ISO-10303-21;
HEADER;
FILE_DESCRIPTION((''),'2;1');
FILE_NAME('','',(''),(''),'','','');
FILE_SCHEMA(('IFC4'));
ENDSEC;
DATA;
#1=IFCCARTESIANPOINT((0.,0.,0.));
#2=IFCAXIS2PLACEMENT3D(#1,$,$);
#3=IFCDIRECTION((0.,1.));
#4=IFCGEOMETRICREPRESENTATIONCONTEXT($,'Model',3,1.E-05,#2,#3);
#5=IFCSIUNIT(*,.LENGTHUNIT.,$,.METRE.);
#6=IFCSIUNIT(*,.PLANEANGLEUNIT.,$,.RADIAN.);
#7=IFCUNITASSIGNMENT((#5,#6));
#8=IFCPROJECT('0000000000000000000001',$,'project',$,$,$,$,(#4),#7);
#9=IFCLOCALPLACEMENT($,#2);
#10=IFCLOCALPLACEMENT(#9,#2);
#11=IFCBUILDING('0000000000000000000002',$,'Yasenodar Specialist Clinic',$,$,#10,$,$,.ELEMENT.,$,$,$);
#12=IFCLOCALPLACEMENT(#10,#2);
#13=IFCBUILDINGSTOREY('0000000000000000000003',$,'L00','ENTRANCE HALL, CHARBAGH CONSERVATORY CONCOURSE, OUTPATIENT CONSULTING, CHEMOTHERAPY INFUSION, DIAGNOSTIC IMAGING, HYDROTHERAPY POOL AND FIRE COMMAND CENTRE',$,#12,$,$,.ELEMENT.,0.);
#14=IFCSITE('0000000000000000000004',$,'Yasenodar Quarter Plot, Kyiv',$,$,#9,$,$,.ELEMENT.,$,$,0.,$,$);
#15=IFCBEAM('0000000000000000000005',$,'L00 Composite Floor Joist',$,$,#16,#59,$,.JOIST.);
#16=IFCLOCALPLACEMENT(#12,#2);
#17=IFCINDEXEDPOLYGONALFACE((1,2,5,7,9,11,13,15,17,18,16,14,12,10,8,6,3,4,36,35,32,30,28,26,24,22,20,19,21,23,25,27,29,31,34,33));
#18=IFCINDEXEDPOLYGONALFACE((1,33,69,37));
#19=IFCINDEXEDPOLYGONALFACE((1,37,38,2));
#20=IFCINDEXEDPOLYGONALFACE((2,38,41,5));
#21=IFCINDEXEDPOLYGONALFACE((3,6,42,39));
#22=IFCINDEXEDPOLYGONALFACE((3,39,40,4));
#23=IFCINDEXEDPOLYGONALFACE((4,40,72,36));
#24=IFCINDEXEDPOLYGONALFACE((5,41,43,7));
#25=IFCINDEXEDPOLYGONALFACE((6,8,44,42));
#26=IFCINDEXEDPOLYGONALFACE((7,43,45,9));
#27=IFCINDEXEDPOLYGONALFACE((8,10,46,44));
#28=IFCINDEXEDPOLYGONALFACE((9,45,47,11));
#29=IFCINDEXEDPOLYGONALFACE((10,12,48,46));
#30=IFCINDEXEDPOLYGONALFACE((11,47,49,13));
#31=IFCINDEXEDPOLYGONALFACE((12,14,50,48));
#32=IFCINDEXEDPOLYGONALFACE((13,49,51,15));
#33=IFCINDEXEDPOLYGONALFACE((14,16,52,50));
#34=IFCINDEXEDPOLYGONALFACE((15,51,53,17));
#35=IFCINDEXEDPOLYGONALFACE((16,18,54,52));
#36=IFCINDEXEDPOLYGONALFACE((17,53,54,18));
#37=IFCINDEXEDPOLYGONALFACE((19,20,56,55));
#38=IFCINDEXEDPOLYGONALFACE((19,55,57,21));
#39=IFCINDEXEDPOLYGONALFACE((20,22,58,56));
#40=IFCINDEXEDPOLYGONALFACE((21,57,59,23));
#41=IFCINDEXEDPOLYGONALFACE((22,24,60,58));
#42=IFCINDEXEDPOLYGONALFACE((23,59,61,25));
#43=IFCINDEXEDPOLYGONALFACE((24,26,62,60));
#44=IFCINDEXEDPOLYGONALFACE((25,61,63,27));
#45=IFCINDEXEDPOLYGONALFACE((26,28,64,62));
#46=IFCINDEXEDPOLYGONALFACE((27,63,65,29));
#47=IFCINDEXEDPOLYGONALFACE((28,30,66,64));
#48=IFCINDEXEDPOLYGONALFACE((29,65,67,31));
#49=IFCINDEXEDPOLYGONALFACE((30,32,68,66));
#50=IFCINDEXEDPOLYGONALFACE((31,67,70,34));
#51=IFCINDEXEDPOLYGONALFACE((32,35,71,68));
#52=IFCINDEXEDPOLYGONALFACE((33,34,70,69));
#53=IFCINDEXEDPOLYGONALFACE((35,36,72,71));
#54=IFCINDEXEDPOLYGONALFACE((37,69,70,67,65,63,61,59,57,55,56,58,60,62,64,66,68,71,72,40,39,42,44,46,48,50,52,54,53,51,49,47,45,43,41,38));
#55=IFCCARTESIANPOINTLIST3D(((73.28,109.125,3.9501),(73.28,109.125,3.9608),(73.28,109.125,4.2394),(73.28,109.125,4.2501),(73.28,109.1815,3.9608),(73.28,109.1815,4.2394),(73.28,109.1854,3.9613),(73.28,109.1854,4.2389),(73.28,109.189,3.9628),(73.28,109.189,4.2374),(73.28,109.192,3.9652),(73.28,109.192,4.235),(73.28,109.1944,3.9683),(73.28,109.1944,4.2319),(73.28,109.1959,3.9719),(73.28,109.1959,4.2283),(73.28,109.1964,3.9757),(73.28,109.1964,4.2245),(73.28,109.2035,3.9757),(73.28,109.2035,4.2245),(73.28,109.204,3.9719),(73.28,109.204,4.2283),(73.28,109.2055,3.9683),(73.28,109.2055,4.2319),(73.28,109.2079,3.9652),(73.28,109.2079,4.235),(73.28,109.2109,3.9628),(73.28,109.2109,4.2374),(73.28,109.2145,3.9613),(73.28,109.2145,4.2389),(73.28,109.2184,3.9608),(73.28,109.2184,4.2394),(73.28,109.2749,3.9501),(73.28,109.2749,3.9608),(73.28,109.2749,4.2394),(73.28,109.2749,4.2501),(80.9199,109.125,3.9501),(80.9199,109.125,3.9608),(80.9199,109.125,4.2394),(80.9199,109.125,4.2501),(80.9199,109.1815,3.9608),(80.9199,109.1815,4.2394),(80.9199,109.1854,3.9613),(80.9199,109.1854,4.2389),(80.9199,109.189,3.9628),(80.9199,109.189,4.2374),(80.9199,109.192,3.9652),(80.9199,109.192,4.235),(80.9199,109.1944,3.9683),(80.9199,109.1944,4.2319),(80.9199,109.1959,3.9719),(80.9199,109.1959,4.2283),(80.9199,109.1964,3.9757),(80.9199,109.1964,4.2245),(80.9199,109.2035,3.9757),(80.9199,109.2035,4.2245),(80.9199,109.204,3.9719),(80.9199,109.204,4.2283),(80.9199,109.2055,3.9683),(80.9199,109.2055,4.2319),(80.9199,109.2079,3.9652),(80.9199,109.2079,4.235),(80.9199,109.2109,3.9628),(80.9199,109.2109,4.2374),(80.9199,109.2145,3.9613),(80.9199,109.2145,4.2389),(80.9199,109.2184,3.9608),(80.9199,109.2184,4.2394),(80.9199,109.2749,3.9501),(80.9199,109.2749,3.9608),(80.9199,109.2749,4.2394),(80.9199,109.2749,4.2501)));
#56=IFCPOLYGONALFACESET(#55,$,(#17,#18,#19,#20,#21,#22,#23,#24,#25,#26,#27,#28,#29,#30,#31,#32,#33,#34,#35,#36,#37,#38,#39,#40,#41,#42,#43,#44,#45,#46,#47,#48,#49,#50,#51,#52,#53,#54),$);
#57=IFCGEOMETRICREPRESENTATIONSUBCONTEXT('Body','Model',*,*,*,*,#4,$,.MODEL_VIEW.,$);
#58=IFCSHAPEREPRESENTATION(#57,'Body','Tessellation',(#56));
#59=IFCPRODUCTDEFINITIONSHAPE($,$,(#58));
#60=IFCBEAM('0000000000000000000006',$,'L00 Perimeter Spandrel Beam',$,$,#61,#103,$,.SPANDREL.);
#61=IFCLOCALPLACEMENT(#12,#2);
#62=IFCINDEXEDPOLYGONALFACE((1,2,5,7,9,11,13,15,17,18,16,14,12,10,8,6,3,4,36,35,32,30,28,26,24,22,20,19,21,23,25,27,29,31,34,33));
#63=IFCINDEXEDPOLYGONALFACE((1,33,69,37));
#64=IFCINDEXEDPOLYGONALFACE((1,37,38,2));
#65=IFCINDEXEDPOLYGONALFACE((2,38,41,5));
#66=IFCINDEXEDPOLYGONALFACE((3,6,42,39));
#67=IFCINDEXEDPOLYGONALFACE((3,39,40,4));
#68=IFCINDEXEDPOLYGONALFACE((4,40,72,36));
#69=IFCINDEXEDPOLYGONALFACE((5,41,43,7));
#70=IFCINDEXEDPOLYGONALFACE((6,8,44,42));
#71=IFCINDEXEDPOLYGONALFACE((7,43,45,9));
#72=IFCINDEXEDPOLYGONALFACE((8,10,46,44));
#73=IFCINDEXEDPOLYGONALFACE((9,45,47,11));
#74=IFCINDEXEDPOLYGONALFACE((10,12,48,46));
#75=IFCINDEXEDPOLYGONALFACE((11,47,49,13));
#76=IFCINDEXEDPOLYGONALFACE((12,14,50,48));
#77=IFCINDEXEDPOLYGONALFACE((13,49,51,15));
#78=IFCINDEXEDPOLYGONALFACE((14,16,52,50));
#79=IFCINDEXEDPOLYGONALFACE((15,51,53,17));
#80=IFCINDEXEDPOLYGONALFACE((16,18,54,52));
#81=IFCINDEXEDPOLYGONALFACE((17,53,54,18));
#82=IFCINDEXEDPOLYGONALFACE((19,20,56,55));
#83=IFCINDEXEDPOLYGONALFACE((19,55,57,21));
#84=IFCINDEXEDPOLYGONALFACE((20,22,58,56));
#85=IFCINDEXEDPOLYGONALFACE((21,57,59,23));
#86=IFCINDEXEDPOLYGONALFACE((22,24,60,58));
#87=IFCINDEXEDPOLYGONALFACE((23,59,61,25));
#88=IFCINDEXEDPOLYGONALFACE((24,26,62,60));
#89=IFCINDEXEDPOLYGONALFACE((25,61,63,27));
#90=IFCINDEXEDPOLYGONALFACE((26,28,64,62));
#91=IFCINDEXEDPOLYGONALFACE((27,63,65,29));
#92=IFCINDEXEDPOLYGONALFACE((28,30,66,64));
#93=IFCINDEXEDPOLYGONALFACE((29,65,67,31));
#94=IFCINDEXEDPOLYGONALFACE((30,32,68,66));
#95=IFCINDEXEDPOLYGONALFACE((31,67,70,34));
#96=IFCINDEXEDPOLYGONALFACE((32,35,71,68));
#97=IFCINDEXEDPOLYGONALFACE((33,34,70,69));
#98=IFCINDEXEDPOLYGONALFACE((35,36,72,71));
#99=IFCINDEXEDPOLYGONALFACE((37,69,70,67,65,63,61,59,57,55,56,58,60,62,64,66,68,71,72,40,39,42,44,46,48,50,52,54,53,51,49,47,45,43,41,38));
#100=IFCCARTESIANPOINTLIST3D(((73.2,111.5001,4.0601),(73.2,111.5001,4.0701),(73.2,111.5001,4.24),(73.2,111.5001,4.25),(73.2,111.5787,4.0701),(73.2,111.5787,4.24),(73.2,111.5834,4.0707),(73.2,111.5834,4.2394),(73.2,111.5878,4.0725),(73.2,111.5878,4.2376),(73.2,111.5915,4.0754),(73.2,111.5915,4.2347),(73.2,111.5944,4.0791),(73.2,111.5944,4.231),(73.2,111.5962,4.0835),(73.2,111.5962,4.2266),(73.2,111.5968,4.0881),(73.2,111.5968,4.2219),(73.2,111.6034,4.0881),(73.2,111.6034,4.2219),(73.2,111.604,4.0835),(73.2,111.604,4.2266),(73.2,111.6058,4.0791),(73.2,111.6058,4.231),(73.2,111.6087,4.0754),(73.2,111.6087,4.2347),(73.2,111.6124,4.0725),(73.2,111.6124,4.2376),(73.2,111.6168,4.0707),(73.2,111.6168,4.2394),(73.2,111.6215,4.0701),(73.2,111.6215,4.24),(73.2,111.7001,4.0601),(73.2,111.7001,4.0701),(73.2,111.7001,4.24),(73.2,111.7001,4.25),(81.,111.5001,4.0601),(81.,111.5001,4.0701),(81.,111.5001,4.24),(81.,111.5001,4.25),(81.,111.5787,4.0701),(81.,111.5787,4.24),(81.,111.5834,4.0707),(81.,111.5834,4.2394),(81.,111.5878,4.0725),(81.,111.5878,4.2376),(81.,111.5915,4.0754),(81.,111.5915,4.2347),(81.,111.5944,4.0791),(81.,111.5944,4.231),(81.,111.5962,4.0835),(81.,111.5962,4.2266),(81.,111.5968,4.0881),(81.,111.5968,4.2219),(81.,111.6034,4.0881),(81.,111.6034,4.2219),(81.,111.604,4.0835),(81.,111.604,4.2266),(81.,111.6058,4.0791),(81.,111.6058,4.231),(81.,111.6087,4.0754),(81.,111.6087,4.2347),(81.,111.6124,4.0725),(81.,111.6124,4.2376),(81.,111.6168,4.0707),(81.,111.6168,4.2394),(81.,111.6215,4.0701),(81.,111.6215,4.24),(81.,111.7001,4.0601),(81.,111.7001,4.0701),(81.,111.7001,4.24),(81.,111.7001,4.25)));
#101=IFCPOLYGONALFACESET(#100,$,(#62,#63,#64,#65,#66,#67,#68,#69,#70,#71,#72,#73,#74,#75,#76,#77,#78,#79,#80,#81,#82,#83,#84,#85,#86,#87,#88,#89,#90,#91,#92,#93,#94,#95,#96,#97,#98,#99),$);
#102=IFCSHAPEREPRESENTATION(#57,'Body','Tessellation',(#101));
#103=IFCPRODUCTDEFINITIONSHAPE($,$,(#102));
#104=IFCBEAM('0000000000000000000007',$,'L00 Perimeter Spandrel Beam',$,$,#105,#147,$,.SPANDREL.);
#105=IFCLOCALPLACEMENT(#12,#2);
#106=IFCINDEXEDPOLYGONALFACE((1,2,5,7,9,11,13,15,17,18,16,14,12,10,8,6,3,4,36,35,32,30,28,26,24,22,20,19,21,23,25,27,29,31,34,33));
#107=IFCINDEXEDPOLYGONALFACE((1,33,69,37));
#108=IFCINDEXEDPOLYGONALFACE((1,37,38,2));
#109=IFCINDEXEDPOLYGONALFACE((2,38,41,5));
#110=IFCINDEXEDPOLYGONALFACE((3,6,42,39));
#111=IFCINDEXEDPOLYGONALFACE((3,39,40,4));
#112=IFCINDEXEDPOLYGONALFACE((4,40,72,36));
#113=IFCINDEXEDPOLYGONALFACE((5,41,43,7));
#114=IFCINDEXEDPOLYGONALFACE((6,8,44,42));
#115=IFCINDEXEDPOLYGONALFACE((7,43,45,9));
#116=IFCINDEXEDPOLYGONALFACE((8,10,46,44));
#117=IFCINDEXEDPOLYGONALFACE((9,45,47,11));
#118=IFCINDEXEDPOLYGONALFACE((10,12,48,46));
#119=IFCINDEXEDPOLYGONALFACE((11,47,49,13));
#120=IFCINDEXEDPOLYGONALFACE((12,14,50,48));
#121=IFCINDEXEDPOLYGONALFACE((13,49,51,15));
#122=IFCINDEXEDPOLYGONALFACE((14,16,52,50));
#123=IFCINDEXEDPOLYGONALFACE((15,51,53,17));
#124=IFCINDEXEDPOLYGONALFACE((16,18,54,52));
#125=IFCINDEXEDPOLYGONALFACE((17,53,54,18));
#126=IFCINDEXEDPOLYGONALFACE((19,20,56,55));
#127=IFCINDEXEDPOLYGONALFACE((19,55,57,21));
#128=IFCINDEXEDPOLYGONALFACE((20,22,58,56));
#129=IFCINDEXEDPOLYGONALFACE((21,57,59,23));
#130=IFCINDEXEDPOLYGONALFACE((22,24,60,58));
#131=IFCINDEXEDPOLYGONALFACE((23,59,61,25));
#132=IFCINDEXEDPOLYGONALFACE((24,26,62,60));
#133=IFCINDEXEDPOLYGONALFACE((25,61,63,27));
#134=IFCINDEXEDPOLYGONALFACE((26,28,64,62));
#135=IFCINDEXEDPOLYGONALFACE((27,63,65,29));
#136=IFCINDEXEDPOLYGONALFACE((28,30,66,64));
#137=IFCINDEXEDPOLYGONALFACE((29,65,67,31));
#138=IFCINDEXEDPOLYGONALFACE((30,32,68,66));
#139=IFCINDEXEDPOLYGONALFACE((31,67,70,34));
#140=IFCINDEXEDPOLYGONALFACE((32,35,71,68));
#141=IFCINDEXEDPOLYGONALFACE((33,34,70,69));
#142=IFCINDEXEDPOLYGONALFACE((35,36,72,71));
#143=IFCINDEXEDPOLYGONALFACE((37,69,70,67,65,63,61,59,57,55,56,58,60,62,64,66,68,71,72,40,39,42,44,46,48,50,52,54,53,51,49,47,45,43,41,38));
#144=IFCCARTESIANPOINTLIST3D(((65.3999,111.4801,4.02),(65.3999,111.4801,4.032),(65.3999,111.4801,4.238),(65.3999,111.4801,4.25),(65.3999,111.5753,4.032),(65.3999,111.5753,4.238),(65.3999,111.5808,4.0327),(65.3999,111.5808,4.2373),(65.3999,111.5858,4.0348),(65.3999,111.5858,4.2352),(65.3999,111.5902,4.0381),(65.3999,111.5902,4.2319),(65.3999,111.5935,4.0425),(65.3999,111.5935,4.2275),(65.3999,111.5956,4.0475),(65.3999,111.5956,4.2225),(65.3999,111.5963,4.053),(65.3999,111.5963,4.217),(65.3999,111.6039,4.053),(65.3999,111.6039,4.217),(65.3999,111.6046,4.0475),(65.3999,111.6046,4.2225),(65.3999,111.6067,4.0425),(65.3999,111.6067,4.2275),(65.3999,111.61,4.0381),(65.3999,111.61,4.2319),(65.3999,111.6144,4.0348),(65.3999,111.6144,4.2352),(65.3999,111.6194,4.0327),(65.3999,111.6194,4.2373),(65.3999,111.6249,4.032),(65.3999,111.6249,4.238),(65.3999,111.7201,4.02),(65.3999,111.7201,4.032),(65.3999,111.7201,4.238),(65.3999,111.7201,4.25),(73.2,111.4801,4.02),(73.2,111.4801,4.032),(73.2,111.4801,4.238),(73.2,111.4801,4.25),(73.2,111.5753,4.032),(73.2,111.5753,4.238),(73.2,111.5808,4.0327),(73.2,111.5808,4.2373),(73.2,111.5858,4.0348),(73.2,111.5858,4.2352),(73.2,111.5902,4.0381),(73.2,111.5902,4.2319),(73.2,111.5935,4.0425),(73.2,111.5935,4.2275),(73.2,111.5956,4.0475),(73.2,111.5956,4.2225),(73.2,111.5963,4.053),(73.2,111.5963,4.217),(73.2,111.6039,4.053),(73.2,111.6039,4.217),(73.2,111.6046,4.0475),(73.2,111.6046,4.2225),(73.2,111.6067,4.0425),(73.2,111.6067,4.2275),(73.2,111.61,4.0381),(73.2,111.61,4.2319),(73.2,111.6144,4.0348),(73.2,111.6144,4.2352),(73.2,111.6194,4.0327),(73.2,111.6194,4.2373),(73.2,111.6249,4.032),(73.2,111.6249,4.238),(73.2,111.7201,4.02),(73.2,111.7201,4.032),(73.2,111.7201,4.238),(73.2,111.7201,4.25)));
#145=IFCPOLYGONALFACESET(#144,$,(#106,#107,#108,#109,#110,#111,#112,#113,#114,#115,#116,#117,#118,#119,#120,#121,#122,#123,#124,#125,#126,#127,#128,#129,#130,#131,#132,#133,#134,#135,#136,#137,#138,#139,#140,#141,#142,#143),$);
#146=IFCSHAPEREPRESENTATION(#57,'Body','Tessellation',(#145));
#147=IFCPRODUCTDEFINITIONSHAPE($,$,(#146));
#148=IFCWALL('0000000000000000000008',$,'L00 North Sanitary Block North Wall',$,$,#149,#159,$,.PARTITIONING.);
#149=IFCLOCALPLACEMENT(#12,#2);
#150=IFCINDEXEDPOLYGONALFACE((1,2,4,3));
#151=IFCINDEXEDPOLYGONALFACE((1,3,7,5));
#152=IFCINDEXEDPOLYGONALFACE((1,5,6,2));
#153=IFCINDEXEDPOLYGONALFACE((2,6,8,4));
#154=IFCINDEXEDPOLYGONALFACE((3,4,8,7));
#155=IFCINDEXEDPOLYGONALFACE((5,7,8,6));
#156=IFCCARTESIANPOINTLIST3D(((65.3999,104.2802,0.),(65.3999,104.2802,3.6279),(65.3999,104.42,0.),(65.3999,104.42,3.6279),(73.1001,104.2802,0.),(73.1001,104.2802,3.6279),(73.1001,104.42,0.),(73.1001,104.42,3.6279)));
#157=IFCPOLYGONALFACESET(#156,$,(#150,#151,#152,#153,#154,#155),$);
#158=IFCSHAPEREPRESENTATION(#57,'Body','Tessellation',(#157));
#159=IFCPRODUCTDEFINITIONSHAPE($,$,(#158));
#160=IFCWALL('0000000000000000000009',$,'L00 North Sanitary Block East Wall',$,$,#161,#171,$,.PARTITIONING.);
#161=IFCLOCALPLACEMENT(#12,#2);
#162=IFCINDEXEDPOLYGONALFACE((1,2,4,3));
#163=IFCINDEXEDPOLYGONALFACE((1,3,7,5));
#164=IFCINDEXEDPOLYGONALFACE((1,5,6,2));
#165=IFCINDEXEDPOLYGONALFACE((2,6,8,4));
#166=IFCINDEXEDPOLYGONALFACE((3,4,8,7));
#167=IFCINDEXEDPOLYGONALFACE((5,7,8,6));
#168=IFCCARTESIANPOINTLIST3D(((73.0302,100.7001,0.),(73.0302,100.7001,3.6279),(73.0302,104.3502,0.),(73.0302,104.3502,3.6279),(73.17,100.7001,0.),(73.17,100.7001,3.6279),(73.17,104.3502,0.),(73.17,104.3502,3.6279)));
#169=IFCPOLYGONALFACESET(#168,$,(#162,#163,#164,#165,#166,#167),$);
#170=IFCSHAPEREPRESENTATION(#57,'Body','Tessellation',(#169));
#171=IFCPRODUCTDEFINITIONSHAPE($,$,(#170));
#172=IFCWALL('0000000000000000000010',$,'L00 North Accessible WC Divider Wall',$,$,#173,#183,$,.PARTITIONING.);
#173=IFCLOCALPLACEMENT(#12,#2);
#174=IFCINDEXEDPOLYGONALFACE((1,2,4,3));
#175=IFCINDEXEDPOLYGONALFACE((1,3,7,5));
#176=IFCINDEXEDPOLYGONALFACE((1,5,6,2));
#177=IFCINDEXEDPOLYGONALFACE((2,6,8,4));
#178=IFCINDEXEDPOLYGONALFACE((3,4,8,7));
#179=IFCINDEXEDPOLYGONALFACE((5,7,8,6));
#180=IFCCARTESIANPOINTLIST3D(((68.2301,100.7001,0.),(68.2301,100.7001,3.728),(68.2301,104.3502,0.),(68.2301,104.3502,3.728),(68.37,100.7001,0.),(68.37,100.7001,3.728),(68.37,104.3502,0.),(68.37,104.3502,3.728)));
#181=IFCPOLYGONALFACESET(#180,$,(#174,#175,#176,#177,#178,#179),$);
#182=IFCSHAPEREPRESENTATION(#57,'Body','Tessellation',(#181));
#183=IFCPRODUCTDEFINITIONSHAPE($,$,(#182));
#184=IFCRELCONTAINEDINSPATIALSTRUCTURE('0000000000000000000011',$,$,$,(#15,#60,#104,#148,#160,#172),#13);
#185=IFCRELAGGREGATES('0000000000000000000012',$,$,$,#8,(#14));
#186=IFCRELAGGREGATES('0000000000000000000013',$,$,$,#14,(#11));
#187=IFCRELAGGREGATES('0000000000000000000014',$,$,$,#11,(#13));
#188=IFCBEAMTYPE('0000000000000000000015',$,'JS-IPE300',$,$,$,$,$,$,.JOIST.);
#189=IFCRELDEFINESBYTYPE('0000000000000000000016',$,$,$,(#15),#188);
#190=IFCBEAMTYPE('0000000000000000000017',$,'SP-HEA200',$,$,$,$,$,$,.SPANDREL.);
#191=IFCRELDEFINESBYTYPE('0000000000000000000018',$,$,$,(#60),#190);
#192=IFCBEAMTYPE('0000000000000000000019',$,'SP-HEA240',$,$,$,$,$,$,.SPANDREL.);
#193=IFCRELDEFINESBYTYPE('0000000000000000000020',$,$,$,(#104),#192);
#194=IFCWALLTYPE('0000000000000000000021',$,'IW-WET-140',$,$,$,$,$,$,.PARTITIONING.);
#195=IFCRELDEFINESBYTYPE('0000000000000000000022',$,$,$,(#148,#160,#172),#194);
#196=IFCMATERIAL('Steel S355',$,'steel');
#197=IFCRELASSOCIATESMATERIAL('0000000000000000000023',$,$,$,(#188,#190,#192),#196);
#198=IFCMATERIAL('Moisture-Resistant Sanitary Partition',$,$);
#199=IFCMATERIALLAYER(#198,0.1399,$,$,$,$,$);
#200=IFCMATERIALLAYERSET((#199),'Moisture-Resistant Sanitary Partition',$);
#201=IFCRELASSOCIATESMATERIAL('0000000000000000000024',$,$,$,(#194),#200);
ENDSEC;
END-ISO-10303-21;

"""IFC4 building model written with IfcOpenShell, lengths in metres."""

from ifc_helpers import new_model, si_unit, direction, frame, frame_2d, origin, origin_2d, place, context, subcontext, project, spatial, rectangle, i_section, extrude, material, layer, layer_set, material_profile, profile_set, type_object, element, save


model = new_model("IFC4")

# Units and contexts
model_context = context("Model", 3, precision=1e-05, world=origin(), true_north=direction((0.0, 1.0)))
body_context = subcontext(model_context, "Body", "Model", "MODEL_VIEW")
ifc_project = project(units=[si_unit("LENGTHUNIT", "METRE"), si_unit("PLANEANGLEUNIT", "RADIAN")], contexts=[model_context])

# Site, building, storey
site_placement = place(None, origin())
site = spatial("IfcSite", under=ifc_project, at=site_placement, Name="Yasenodar Quarter Plot, Kyiv", CompositionType="ELEMENT", RefElevation=0.0)
building_placement = place(site_placement, origin())
building = spatial("IfcBuilding", under=site, at=building_placement, Name="Yasenodar Specialist Clinic", CompositionType="ELEMENT")
storey_placement = place(building_placement, origin())
storey = spatial("IfcBuildingStorey", under=building, at=storey_placement, Name="L00", Description="ENTRANCE HALL, CHARBAGH CONSERVATORY CONCOURSE, OUTPATIENT CONSULTING, CHEMOTHERAPY INFUSION, DIAGNOSTIC IMAGING, HYDROTHERAPY POOL AND FIRE COMMAND CENTRE", CompositionType="ELEMENT", Elevation=0.0)

# Shared definitions
ifc_material_1 = material(Name="Steel S355", Category="steel")

# Beams
ifc_material_profile_1 = material_profile(ifc_material_1, i_section(OverallWidth=0.1499, OverallDepth=0.3, WebThickness=0.0071, FlangeThickness=0.0107, FilletRadius=0.0149, at=origin_2d()), Name="IPE 300")
ifc_profile_set_1 = profile_set([ifc_material_profile_1], Name="Steel S355")
beam_type_1 = type_object("IfcBeamType", Name="JS-IPE300", PredefinedType="JOIST", material=ifc_profile_set_1)
beam_1_placement = place(storey_placement, frame((73.28, 109.2, 4.1001), z_axis=(1.0, 0.0, 0.0), x_axis=(0.0, 1.0, 0.0)))
element("IfcBeam", 1, at=beam_1_placement, inside=storey, type_object=beam_type_1, Name="L00 Composite Floor Joist", PredefinedType="JOIST", context=body_context, shape_type="SweptSolid", body=[
    extrude(i_section(OverallWidth=0.1499, OverallDepth=0.3, WebThickness=0.0071, FlangeThickness=0.0107, FilletRadius=0.0149, at=origin_2d()), origin(), (0.0, 0.0, 1.0), 7.6399),
])
ifc_material_profile_2 = material_profile(ifc_material_1, i_section(OverallWidth=0.2, OverallDepth=0.1899, WebThickness=0.0066, FlangeThickness=0.01, FilletRadius=0.0181, at=origin_2d()), Name="HEA 200")
ifc_profile_set_2 = profile_set([ifc_material_profile_2], Name="Steel S355")
beam_type_2 = type_object("IfcBeamType", Name="SP-HEA200", PredefinedType="SPANDREL", material=ifc_profile_set_2)
beam_2_placement = place(storey_placement, frame((73.2, 111.6001, 4.155), z_axis=(1.0, 0.0, 0.0), x_axis=(0.0, 1.0, 0.0)))
element("IfcBeam", 2, at=beam_2_placement, inside=storey, type_object=beam_type_2, Name="L00 Perimeter Spandrel Beam", PredefinedType="SPANDREL", context=body_context, shape_type="SweptSolid", body=[
    extrude(i_section(OverallWidth=0.2, OverallDepth=0.1899, WebThickness=0.0066, FlangeThickness=0.01, FilletRadius=0.0181, at=origin_2d()), origin(), (0.0, 0.0, 1.0), 7.8),
])
ifc_material_profile_3 = material_profile(ifc_material_1, i_section(OverallWidth=0.24, OverallDepth=0.23, WebThickness=0.0076, FlangeThickness=0.012, FilletRadius=0.021, at=origin_2d()), Name="HEA 240")
ifc_profile_set_3 = profile_set([ifc_material_profile_3], Name="Steel S355")
beam_type_3 = type_object("IfcBeamType", Name="SP-HEA240", PredefinedType="SPANDREL", material=ifc_profile_set_3)
beam_3_placement = place(storey_placement, frame((65.3999, 111.6001, 4.135), z_axis=(1.0, 0.0, 0.0), x_axis=(0.0, 1.0, 0.0)))
element("IfcBeam", 3, at=beam_3_placement, inside=storey, type_object=beam_type_3, Name="L00 Perimeter Spandrel Beam", PredefinedType="SPANDREL", context=body_context, shape_type="SweptSolid", body=[
    extrude(i_section(OverallWidth=0.24, OverallDepth=0.23, WebThickness=0.0076, FlangeThickness=0.012, FilletRadius=0.021, at=origin_2d()), origin(), (0.0, 0.0, 1.0), 7.8),
])

# Walls
ifc_material_2 = material(Name="Moisture-Resistant Sanitary Partition")
ifc_layer_1 = layer(ifc_material_2, 0.1399)
ifc_layer_set_1 = layer_set([ifc_layer_1], Name="Moisture-Resistant Sanitary Partition")
wall_type_1 = type_object("IfcWallType", Name="IW-WET-140", PredefinedType="PARTITIONING", material=ifc_layer_set_1)
wall_1_placement = place(storey_placement, frame((65.3999, 104.3501, 0.0), z_axis=(0.0, 0.0, 1.0), x_axis=(1.0, 0.0, 0.0)))
element("IfcWall", 4, at=wall_1_placement, inside=storey, type_object=wall_type_1, Name="L00 North Sanitary Block North Wall", PredefinedType="PARTITIONING", context=body_context, shape_type="SweptSolid", body=[
    extrude(rectangle(XDim=7.7002, YDim=0.1399, at=frame_2d((3.8501, 0.0))), origin(), (0.0, 0.0, 1.0), 3.6279),
])
wall_2_placement = place(storey_placement, frame((73.1001, 100.7, 0.0), z_axis=(0.0, 0.0, 1.0), x_axis=(0.0, 1.0, 0.0)))
element("IfcWall", 5, at=wall_2_placement, inside=storey, type_object=wall_type_1, Name="L00 North Sanitary Block East Wall", PredefinedType="PARTITIONING", context=body_context, shape_type="SweptSolid", body=[
    extrude(rectangle(XDim=3.6501, YDim=0.1399, at=frame_2d((1.8252, 0.0))), origin(), (0.0, 0.0, 1.0), 3.6279),
])
for number, where, z_axis, x_axis, name in (
    (6, (68.3, 100.7, 0.0), (0.0, 0.0, 1.0), (0.0, 1.0, 0.0), "L00 North Accessible WC Divider Wall"),
):
    element("IfcWall", number, at=place(storey_placement, frame(where, z_axis=z_axis, x_axis=x_axis)), inside=storey, type_object=wall_type_1, Name=name, PredefinedType="PARTITIONING", context=body_context, shape_type="SweptSolid", body=[
        extrude(rectangle(XDim=3.6501, YDim=0.1399, at=frame_2d((1.8252, 0.0))), origin(), (0.0, 0.0, 1.0), 3.728),
    ])

save(model, "model.ifc")
